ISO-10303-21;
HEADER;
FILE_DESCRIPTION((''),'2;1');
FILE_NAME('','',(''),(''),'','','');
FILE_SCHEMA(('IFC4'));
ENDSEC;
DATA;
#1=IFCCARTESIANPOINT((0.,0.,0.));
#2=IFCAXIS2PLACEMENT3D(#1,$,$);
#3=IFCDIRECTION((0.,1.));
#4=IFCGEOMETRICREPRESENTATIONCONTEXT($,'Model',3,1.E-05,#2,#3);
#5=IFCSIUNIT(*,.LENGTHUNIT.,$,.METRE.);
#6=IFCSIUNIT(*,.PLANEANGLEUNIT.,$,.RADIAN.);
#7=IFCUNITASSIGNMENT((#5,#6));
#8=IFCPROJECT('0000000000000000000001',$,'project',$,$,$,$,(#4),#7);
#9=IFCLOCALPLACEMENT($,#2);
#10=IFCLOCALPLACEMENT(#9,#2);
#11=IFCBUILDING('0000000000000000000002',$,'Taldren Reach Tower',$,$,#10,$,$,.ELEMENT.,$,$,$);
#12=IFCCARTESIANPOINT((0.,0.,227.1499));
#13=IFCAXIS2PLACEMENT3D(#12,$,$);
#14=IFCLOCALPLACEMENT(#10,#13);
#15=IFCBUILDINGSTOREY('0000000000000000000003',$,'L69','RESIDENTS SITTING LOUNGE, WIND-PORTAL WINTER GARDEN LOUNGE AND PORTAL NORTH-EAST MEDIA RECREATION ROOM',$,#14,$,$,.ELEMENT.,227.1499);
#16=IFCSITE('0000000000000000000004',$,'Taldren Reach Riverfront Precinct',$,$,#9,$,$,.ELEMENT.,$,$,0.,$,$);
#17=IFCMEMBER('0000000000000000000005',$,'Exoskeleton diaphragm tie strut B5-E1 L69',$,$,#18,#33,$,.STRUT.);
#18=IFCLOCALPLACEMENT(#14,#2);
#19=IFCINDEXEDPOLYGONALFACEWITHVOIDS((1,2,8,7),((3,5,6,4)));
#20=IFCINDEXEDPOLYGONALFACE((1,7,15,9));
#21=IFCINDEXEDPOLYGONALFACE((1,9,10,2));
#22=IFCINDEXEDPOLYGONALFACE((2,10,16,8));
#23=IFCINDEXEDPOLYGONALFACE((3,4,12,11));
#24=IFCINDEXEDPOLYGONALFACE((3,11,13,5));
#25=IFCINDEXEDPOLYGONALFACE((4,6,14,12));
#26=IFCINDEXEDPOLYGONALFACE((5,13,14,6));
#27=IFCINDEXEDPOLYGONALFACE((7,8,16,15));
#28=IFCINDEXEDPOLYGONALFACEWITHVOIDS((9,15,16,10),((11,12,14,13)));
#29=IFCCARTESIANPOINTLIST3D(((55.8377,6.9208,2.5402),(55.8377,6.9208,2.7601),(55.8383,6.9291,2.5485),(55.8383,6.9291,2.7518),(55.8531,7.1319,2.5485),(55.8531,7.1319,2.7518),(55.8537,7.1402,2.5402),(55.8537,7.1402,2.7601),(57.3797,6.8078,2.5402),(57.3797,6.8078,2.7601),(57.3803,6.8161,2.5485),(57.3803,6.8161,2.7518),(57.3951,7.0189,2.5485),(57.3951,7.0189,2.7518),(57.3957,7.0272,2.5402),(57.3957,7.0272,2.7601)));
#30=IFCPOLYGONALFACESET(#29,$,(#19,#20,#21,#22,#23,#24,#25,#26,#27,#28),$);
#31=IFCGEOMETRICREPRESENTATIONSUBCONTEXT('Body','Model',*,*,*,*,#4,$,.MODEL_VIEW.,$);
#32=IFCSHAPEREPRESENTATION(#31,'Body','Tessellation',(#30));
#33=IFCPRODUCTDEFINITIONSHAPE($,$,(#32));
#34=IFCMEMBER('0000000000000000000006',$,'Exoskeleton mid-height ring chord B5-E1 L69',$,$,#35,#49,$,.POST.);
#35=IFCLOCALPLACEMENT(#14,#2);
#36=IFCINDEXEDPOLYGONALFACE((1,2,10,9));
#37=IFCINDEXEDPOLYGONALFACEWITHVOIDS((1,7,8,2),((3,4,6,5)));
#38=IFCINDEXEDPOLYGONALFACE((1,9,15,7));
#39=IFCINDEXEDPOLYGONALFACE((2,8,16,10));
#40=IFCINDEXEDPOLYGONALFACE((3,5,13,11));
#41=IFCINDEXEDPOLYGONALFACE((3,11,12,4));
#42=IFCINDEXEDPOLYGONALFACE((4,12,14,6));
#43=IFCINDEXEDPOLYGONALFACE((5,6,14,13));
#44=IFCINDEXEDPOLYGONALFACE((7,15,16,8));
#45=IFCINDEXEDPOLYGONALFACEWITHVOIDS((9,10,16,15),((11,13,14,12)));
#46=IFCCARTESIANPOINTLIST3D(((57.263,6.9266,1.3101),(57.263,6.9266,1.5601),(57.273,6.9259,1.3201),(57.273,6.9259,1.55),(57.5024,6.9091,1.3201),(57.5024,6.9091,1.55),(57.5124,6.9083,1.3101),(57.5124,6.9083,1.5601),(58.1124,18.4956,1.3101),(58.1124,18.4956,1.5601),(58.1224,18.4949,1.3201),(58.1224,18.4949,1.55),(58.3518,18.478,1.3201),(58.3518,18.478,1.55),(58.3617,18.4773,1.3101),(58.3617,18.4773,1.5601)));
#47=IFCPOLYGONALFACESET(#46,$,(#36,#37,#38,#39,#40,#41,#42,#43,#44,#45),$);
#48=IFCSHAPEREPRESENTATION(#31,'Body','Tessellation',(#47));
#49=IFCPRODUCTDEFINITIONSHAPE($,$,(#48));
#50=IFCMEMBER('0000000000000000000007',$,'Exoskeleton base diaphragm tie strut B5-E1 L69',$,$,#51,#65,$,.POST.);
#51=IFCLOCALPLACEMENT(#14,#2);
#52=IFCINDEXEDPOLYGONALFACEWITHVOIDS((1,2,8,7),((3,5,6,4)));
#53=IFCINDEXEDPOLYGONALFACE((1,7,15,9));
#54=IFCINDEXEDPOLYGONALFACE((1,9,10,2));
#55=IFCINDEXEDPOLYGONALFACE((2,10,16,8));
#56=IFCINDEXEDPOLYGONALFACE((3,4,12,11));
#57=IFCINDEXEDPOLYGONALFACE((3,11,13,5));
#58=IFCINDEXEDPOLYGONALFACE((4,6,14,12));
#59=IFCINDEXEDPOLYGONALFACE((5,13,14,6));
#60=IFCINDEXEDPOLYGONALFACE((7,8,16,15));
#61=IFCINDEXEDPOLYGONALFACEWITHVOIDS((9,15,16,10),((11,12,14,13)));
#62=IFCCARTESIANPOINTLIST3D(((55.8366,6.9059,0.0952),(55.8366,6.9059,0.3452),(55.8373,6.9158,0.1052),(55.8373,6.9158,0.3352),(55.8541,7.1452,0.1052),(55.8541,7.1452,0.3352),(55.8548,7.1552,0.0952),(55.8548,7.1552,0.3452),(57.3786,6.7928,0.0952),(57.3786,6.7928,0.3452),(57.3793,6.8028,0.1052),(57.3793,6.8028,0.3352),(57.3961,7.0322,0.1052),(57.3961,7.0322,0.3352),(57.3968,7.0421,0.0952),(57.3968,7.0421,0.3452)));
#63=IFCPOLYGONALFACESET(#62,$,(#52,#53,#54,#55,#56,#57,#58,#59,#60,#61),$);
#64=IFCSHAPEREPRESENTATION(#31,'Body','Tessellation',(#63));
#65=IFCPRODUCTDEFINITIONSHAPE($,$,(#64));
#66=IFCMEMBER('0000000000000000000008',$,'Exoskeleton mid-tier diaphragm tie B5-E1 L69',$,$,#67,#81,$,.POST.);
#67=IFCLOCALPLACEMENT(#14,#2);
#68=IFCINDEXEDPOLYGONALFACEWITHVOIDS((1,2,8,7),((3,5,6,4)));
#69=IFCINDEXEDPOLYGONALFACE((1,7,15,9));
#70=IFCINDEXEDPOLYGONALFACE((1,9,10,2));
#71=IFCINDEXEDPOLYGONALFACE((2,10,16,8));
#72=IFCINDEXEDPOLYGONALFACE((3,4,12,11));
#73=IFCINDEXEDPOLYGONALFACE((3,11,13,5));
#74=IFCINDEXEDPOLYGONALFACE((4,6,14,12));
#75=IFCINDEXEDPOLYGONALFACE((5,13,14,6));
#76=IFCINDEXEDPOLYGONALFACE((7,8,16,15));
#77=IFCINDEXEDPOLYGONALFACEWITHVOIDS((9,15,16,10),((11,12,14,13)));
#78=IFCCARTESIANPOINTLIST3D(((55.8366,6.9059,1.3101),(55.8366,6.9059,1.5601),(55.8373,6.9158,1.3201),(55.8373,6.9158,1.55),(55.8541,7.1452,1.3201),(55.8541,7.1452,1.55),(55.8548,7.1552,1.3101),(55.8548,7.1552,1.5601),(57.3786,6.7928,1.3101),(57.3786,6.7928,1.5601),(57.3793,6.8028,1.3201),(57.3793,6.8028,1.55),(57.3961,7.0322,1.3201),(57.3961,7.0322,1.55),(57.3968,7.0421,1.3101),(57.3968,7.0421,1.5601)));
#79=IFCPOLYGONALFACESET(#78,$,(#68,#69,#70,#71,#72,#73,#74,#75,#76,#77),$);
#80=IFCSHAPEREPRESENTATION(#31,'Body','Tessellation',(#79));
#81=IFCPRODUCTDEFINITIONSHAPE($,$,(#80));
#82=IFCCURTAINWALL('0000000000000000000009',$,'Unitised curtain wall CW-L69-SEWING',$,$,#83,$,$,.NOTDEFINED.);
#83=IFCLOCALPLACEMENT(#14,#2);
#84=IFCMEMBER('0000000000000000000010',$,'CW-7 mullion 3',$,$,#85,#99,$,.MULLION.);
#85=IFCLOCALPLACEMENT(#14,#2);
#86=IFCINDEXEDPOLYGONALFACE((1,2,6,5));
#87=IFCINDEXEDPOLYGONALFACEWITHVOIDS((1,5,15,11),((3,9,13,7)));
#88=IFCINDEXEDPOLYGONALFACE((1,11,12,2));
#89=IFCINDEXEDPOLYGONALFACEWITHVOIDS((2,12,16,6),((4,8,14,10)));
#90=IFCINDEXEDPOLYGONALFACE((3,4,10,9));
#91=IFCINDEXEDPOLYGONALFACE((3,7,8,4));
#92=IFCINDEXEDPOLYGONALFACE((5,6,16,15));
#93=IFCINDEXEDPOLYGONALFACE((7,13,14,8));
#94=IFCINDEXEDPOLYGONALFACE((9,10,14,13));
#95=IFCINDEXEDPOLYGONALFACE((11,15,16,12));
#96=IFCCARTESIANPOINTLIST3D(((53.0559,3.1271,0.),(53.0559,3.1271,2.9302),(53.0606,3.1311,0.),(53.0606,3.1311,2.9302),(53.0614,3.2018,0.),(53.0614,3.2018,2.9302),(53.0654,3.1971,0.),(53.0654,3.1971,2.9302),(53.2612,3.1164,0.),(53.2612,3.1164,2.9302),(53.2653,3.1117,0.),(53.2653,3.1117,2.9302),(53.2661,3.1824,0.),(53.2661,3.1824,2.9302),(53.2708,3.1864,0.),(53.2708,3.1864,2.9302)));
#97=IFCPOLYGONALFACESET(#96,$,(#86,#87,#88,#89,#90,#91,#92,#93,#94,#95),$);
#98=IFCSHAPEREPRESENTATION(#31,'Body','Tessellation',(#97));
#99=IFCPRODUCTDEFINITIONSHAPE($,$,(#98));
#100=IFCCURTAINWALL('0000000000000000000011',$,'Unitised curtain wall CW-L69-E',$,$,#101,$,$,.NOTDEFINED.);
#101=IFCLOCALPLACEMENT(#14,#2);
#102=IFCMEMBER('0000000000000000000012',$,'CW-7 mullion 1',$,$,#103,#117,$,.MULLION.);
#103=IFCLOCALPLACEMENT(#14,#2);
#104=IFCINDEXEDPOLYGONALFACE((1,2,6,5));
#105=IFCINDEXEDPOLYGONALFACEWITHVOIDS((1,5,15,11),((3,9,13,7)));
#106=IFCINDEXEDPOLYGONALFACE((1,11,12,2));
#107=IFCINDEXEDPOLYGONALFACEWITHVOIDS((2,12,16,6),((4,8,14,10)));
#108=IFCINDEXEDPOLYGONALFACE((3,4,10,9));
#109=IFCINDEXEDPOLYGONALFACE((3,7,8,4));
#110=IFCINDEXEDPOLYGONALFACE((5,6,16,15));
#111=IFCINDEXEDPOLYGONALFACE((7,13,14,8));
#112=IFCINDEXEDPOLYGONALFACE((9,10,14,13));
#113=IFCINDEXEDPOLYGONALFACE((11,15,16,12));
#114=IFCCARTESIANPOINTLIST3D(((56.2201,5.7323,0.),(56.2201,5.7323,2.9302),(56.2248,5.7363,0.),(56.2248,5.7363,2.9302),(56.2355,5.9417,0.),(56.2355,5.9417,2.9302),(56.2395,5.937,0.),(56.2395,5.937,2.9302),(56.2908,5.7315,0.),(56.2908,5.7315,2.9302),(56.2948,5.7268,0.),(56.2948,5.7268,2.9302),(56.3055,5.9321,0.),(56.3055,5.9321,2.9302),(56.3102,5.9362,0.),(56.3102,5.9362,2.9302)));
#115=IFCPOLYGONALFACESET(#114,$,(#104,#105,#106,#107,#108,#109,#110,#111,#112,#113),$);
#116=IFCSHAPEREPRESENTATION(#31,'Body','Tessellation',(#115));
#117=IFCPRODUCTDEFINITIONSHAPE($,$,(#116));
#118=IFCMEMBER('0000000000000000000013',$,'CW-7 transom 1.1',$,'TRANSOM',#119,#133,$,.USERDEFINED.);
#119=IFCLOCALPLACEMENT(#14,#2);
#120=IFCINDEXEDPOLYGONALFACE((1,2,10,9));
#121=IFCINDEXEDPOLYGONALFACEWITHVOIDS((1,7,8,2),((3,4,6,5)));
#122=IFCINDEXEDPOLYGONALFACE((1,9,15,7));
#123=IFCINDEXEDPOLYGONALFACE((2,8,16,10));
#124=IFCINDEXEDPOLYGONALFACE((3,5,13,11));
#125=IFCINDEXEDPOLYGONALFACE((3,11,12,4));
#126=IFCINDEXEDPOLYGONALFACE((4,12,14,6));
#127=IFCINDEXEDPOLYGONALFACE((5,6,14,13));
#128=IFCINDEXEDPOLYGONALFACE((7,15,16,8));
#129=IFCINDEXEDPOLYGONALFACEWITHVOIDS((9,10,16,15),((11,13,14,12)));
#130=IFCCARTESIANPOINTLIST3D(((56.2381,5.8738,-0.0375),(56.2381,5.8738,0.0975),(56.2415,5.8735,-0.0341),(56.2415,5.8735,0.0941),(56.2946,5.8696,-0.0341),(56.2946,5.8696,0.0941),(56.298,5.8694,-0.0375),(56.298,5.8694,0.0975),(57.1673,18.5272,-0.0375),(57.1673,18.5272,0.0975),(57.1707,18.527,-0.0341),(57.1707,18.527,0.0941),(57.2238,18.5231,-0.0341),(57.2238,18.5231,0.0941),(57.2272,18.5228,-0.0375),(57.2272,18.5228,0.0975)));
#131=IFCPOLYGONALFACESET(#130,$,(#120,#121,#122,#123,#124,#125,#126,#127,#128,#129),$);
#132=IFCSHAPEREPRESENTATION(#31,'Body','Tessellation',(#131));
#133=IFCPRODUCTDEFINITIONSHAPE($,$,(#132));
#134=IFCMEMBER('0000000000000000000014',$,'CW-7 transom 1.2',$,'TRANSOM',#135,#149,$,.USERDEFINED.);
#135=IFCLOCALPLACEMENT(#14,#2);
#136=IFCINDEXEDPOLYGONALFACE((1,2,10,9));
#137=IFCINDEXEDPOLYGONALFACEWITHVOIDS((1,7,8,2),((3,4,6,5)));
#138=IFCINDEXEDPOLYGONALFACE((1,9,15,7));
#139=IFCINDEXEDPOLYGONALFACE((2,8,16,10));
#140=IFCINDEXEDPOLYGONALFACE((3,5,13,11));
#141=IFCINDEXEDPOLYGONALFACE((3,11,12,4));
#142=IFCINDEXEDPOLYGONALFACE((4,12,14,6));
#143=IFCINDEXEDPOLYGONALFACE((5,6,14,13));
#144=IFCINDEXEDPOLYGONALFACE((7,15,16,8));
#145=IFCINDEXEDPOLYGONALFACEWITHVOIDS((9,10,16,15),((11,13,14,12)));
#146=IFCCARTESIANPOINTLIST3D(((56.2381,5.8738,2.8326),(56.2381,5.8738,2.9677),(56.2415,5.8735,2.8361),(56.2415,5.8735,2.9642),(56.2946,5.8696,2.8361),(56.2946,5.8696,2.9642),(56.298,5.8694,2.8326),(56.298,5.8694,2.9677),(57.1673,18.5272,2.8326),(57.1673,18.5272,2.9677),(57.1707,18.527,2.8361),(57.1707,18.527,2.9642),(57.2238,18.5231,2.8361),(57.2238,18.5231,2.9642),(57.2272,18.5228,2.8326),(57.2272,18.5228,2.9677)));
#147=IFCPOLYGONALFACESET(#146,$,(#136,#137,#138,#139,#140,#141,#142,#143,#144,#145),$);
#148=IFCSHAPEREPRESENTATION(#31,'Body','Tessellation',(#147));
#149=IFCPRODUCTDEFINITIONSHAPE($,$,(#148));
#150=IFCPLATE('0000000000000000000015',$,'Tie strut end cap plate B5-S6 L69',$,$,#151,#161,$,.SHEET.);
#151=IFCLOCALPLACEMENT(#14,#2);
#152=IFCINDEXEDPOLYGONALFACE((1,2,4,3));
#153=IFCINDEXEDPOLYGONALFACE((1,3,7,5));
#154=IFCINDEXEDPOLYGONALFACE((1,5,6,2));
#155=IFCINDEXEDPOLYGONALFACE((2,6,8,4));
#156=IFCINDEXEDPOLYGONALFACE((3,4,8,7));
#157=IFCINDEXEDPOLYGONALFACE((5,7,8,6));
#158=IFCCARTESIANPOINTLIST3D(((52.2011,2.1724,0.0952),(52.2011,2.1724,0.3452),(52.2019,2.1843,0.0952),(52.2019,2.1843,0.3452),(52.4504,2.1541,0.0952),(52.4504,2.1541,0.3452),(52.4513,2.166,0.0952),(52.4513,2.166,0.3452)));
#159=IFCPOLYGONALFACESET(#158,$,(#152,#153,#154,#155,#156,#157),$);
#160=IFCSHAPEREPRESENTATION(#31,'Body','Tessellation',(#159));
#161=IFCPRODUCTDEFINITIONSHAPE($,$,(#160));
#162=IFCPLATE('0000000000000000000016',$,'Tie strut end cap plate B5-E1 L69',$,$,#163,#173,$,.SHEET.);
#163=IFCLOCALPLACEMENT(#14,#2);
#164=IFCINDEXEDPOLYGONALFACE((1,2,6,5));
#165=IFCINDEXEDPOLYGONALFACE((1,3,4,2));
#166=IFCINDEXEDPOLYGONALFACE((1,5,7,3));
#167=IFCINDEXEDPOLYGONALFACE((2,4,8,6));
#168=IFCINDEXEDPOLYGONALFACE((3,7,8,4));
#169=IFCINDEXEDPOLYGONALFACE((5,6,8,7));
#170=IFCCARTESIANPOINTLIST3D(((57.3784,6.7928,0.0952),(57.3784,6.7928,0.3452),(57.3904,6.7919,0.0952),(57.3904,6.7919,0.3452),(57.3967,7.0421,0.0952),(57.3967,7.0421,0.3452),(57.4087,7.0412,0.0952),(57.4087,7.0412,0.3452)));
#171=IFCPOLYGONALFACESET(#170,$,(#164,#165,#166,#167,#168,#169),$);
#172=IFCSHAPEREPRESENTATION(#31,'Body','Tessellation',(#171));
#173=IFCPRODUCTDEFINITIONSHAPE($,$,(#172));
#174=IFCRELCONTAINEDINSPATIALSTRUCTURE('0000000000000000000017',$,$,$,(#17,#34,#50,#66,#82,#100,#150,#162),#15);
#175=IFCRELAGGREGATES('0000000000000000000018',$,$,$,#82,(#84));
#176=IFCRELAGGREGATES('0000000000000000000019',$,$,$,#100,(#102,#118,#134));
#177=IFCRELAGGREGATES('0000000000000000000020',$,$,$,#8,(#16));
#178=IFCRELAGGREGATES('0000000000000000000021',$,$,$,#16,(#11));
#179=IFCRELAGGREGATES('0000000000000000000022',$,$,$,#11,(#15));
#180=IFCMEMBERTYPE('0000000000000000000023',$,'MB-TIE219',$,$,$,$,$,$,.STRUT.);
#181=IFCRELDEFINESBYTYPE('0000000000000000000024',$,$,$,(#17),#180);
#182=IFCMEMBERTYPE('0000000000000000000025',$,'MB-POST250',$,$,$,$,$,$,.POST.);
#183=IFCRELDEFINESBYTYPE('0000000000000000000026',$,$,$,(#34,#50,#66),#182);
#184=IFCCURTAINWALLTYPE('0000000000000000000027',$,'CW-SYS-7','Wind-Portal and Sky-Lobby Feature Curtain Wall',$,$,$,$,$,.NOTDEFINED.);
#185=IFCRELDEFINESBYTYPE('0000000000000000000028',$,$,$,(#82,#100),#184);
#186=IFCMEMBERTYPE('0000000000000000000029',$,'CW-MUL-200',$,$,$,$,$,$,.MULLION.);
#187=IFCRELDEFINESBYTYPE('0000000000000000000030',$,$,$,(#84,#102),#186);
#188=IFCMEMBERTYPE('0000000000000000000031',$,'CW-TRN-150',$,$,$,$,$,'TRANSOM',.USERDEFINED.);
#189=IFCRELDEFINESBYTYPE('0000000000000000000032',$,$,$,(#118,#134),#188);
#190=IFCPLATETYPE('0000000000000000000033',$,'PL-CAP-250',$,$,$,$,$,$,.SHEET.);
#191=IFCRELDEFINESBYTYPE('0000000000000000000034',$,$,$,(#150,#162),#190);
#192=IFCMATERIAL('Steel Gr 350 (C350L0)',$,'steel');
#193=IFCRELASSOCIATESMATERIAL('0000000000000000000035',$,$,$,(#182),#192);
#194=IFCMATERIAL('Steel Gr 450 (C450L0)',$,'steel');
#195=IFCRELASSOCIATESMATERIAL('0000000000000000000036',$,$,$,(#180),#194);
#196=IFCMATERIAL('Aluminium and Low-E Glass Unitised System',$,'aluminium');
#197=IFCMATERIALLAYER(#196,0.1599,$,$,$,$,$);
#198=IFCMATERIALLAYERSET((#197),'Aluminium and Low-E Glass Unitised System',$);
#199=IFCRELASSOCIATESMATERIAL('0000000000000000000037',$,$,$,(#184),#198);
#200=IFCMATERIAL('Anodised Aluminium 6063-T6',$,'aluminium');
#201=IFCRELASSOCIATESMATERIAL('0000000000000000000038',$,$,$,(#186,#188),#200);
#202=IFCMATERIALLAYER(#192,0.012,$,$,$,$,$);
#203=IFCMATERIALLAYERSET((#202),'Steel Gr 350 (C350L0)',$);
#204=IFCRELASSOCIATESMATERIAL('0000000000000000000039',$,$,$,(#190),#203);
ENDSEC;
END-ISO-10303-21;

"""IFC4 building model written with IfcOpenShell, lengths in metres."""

from ifc_helpers import new_model, si_unit, direction, frame, origin, origin_2d, place, context, subcontext, project, spatial, rectangle, hollow_rectangle, extrude, source, transform, mapped, material, layer, layer_set, material_profile, profile_set, type_object, element, aggregate, save


model = new_model("IFC4")

# Units and contexts
model_context = context("Model", 3, precision=1e-05, world=origin(), true_north=direction((0.0, 1.0)))
body_context = subcontext(model_context, "Body", "Model", "MODEL_VIEW")
ifc_project = project(units=[si_unit("LENGTHUNIT", "METRE"), si_unit("PLANEANGLEUNIT", "RADIAN")], contexts=[model_context])

# Site, building, storey
site_placement = place(None, origin())
site = spatial("IfcSite", under=ifc_project, at=site_placement, Name="Taldren Reach Riverfront Precinct", CompositionType="ELEMENT", RefElevation=0.0)
building_placement = place(site_placement, origin())
building = spatial("IfcBuilding", under=site, at=building_placement, Name="Taldren Reach Tower", CompositionType="ELEMENT")
storey_placement = place(building_placement, frame((0.0, 0.0, 227.1499)))
storey = spatial("IfcBuildingStorey", under=building, at=storey_placement, Name="L69", Description="RESIDENTS SITTING LOUNGE, WIND-PORTAL WINTER GARDEN LOUNGE AND PORTAL NORTH-EAST MEDIA RECREATION ROOM", CompositionType="ELEMENT", Elevation=227.1499)

# Shared definitions
ifc_material_1 = material(Name="Steel Gr 350 (C350L0)", Category="steel")

# Shared definitions
ifc_material_profile_1 = material_profile(ifc_material_1, hollow_rectangle(XDim=0.25, YDim=0.25, WallThickness=0.01, at=origin_2d()), Name="250x250x10.0SHS")
ifc_profile_set_1 = profile_set([ifc_material_profile_1], Name="Steel Gr 350 (C350L0)")
member_type_1 = type_object("IfcMemberType", Name="MB-POST250", PredefinedType="POST", material=ifc_profile_set_1)
ifc_material_2 = material(Name="Steel Gr 450 (C450L0)", Category="steel")
ifc_material_profile_2 = material_profile(ifc_material_2, hollow_rectangle(XDim=0.22, YDim=0.22, WallThickness=0.0083, at=origin_2d()), Name="220x220x8.2SHS")
ifc_profile_set_2 = profile_set([ifc_material_profile_2], Name="Steel Gr 450 (C450L0)")
member_type_2 = type_object("IfcMemberType", Name="MB-TIE219", PredefinedType="STRUT", material=ifc_profile_set_2)

# Members
shared_shape_1 = source(origin(), body_context, "Body", "SweptSolid", [
    extrude(hollow_rectangle(XDim=0.22, YDim=0.22, WallThickness=0.0083, at=origin_2d()), origin(), (0.0, 0.0, 1.0), 1.5461),
])
member_1_placement = place(storey_placement, frame((55.8457, 7.0305, 2.6501), z_axis=(0.997324, -0.07311, 0.0), x_axis=(0.07311, 0.997324, 0.0)))
element("IfcMember", 1, at=member_1_placement, inside=storey, type_object=member_type_2, Name="Exoskeleton diaphragm tie strut B5-E1 L69", PredefinedType="STRUT", context=body_context, shape_type="MappedRepresentation", body=[
    mapped(shared_shape_1, transform((0.0, 0.0, 0.0), scale=1.0)),
])
shared_shape_2 = source(origin(), body_context, "Body", "SweptSolid", [
    extrude(hollow_rectangle(XDim=0.25, YDim=0.25, WallThickness=0.01, at=origin_2d()), origin(), (0.0, 0.0, 1.0), 11.6001),
])
member_2_placement = place(storey_placement, frame((57.3877, 6.9175, 1.4351), z_axis=(0.073221, 0.997316, 0.0), x_axis=(-0.997316, 0.073221, 0.0)))
element("IfcMember", 2, at=member_2_placement, inside=storey, type_object=member_type_1, Name="Exoskeleton mid-height ring chord B5-E1 L69", PredefinedType="POST", context=body_context, shape_type="MappedRepresentation", body=[
    mapped(shared_shape_2, transform((0.0, 0.0, 0.0), scale=1.0)),
])
shared_shape_3 = source(origin(), body_context, "Body", "SweptSolid", [
    extrude(hollow_rectangle(XDim=0.25, YDim=0.25, WallThickness=0.01, at=origin_2d()), origin(), (0.0, 0.0, 1.0), 1.5461),
])
for number, where, z_axis, x_axis, name in (
    (3, (55.8457, 7.0305, 0.2202), (0.997324, -0.07311, 0.0), (0.07311, 0.997324, 0.0), "Exoskeleton base diaphragm tie strut B5-E1 L69"),
    (4, (55.8457, 7.0305, 1.4351), (0.997324, -0.07311, 0.0), (0.07311, 0.997324, 0.0), "Exoskeleton mid-tier diaphragm tie B5-E1 L69"),
):
    element("IfcMember", number, at=place(storey_placement, frame(where, z_axis=z_axis, x_axis=x_axis)), inside=storey, type_object=member_type_1, Name=name, PredefinedType="POST", context=body_context, shape_type="MappedRepresentation", body=[
        mapped(shared_shape_3, transform((0.0, 0.0, 0.0), scale=1.0)),
    ])

# Curtain wall, member
ifc_material_3 = material(Name="Aluminium and Low-E Glass Unitised System", Category="aluminium")
ifc_layer_1 = layer(ifc_material_3, 0.1599)
ifc_layer_set_1 = layer_set([ifc_layer_1], Name="Aluminium and Low-E Glass Unitised System")
curtain_wall_type = type_object("IfcCurtainWallType", Name="CW-SYS-7", Description="Wind-Portal and Sky-Lobby Feature Curtain Wall", PredefinedType="NOTDEFINED", material=ifc_layer_set_1)
curtain_wall_1_placement = place(storey_placement, origin())
curtain_wall_1 = element("IfcCurtainWall", 5, at=curtain_wall_1_placement, inside=storey, type_object=curtain_wall_type, Name="Unitised curtain wall CW-L69-SEWING", PredefinedType="NOTDEFINED")
ifc_material_4 = material(Name="Anodised Aluminium 6063-T6", Category="aluminium")
ifc_material_profile_3 = material_profile(ifc_material_4, hollow_rectangle(XDim=0.075, YDim=0.21, WallThickness=0.0044, at=origin_2d()), Name="ALU-210x75x4.5RHS")
ifc_profile_set_3 = profile_set([ifc_material_profile_3], Name="Anodised Aluminium 6063-T6")
member_type_3 = type_object("IfcMemberType", Name="CW-MUL-200", PredefinedType="MULLION", material=ifc_profile_set_3)
shared_shape_4 = source(origin(), body_context, "Body", "SweptSolid", [
    extrude(hollow_rectangle(XDim=0.075, YDim=0.21, WallThickness=0.0044, at=origin_2d()), origin(), (0.0, 0.0, 1.0), 2.9302),
])
member_3_placement = place(storey_placement, frame((53.1633, 3.1567, 0.0), z_axis=(0.0, 0.0, 1.0), x_axis=(0.073238, 0.997314, 0.0)))
member_3 = element("IfcMember", 6, at=member_3_placement, type_object=member_type_3, Name="CW-7 mullion 3", PredefinedType="MULLION", context=body_context, shape_type="MappedRepresentation", body=[
    mapped(shared_shape_4, transform((0.0, 0.0, 0.0), scale=1.0)),
])

# Curtain wall, members
curtain_wall_2_placement = place(storey_placement, origin())
curtain_wall_2 = element("IfcCurtainWall", 7, at=curtain_wall_2_placement, inside=storey, type_object=curtain_wall_type, Name="Unitised curtain wall CW-L69-E", PredefinedType="NOTDEFINED")
member_4_placement = place(storey_placement, frame((56.2651, 5.8342, 0.0), z_axis=(0.0, 0.0, 1.0), x_axis=(-0.997314, 0.073238, 0.0)))
member_4 = element("IfcMember", 8, at=member_4_placement, type_object=member_type_3, Name="CW-7 mullion 1", PredefinedType="MULLION", context=body_context, shape_type="MappedRepresentation", body=[
    mapped(shared_shape_4, transform((0.0, 0.0, 0.0), scale=1.0)),
])
ifc_material_profile_4 = material_profile(ifc_material_4, hollow_rectangle(XDim=0.0601, YDim=0.135, WallThickness=0.0034, at=origin_2d()), Name="ALU-135x60x3.5RHS")
ifc_profile_set_4 = profile_set([ifc_material_profile_4], Name="Anodised Aluminium 6063-T6")
member_type_4 = type_object("IfcMemberType", Name="CW-TRN-150", ElementType="TRANSOM", PredefinedType="USERDEFINED", material=ifc_profile_set_4)
shared_shape_5 = source(origin(), body_context, "Body", "SweptSolid", [
    extrude(hollow_rectangle(XDim=0.0601, YDim=0.135, WallThickness=0.0034, at=origin_2d()), origin(), (0.0, 0.0, 1.0), 12.6875),
])
member_5_placement = place(storey_placement, frame((56.2681, 5.8716, 0.03), z_axis=(0.073238, 0.997314, 0.0), x_axis=(-0.997314, 0.073238, 0.0)))
member_5 = element("IfcMember", 9, at=member_5_placement, type_object=member_type_4, Name="CW-7 transom 1.1", ObjectType="TRANSOM", PredefinedType="USERDEFINED", context=body_context, shape_type="MappedRepresentation", body=[
    mapped(shared_shape_5, transform((0.0, 0.0, 0.0), scale=1.0)),
])
member_6_placement = place(storey_placement, frame((56.2681, 5.8716, 2.9001), z_axis=(0.073238, 0.997314, 0.0), x_axis=(-0.997314, 0.073238, 0.0)))
member_6 = element("IfcMember", 10, at=member_6_placement, type_object=member_type_4, Name="CW-7 transom 1.2", ObjectType="TRANSOM", PredefinedType="USERDEFINED", context=body_context, shape_type="MappedRepresentation", body=[
    mapped(shared_shape_5, transform((0.0, 0.0, 0.0), scale=1.0)),
])

# Plates
ifc_layer_2 = layer(ifc_material_1, 0.012)
ifc_layer_set_2 = layer_set([ifc_layer_2], Name="Steel Gr 350 (C350L0)")
plate_type_1 = type_object("IfcPlateType", Name="PL-CAP-250", PredefinedType="SHEET", material=ifc_layer_set_2)
shared_shape_6 = source(origin(), body_context, "Body", "SweptSolid", [
    extrude(rectangle(XDim=0.25, YDim=0.012, at=origin_2d()), origin(), (0.0, 0.0, 1.0), 0.25),
])
plate_1_placement = place(storey_placement, frame((52.3262, 2.1692, 0.0952), z_axis=(0.0, 0.0, 1.0), x_axis=(0.997314, -0.073238, 0.0)))
element("IfcPlate", 11, at=plate_1_placement, inside=storey, type_object=plate_type_1, Name="Tie strut end cap plate B5-S6 L69", PredefinedType="SHEET", context=body_context, shape_type="MappedRepresentation", body=[
    mapped(shared_shape_6, transform((0.0, 0.0, 0.0), scale=1.0)),
])
shared_shape_7 = source(origin(), body_context, "Body", "SweptSolid", [
    extrude(rectangle(XDim=0.012, YDim=0.25, at=origin_2d()), origin(), (0.0, 0.0, 1.0), 0.25),
])
plate_2_placement = place(storey_placement, frame((57.3936, 6.917, 0.0952), z_axis=(0.0, 0.0, 1.0), x_axis=(0.997314, -0.073238, 0.0)))
element("IfcPlate", 12, at=plate_2_placement, inside=storey, type_object=plate_type_1, Name="Tie strut end cap plate B5-E1 L69", PredefinedType="SHEET", context=body_context, shape_type="MappedRepresentation", body=[
    mapped(shared_shape_7, transform((0.0, 0.0, 0.0), scale=1.0)),
])

aggregate(curtain_wall_1, [member_3])
aggregate(curtain_wall_2, [member_4, member_5, member_6])

save(model, "model.ifc")
